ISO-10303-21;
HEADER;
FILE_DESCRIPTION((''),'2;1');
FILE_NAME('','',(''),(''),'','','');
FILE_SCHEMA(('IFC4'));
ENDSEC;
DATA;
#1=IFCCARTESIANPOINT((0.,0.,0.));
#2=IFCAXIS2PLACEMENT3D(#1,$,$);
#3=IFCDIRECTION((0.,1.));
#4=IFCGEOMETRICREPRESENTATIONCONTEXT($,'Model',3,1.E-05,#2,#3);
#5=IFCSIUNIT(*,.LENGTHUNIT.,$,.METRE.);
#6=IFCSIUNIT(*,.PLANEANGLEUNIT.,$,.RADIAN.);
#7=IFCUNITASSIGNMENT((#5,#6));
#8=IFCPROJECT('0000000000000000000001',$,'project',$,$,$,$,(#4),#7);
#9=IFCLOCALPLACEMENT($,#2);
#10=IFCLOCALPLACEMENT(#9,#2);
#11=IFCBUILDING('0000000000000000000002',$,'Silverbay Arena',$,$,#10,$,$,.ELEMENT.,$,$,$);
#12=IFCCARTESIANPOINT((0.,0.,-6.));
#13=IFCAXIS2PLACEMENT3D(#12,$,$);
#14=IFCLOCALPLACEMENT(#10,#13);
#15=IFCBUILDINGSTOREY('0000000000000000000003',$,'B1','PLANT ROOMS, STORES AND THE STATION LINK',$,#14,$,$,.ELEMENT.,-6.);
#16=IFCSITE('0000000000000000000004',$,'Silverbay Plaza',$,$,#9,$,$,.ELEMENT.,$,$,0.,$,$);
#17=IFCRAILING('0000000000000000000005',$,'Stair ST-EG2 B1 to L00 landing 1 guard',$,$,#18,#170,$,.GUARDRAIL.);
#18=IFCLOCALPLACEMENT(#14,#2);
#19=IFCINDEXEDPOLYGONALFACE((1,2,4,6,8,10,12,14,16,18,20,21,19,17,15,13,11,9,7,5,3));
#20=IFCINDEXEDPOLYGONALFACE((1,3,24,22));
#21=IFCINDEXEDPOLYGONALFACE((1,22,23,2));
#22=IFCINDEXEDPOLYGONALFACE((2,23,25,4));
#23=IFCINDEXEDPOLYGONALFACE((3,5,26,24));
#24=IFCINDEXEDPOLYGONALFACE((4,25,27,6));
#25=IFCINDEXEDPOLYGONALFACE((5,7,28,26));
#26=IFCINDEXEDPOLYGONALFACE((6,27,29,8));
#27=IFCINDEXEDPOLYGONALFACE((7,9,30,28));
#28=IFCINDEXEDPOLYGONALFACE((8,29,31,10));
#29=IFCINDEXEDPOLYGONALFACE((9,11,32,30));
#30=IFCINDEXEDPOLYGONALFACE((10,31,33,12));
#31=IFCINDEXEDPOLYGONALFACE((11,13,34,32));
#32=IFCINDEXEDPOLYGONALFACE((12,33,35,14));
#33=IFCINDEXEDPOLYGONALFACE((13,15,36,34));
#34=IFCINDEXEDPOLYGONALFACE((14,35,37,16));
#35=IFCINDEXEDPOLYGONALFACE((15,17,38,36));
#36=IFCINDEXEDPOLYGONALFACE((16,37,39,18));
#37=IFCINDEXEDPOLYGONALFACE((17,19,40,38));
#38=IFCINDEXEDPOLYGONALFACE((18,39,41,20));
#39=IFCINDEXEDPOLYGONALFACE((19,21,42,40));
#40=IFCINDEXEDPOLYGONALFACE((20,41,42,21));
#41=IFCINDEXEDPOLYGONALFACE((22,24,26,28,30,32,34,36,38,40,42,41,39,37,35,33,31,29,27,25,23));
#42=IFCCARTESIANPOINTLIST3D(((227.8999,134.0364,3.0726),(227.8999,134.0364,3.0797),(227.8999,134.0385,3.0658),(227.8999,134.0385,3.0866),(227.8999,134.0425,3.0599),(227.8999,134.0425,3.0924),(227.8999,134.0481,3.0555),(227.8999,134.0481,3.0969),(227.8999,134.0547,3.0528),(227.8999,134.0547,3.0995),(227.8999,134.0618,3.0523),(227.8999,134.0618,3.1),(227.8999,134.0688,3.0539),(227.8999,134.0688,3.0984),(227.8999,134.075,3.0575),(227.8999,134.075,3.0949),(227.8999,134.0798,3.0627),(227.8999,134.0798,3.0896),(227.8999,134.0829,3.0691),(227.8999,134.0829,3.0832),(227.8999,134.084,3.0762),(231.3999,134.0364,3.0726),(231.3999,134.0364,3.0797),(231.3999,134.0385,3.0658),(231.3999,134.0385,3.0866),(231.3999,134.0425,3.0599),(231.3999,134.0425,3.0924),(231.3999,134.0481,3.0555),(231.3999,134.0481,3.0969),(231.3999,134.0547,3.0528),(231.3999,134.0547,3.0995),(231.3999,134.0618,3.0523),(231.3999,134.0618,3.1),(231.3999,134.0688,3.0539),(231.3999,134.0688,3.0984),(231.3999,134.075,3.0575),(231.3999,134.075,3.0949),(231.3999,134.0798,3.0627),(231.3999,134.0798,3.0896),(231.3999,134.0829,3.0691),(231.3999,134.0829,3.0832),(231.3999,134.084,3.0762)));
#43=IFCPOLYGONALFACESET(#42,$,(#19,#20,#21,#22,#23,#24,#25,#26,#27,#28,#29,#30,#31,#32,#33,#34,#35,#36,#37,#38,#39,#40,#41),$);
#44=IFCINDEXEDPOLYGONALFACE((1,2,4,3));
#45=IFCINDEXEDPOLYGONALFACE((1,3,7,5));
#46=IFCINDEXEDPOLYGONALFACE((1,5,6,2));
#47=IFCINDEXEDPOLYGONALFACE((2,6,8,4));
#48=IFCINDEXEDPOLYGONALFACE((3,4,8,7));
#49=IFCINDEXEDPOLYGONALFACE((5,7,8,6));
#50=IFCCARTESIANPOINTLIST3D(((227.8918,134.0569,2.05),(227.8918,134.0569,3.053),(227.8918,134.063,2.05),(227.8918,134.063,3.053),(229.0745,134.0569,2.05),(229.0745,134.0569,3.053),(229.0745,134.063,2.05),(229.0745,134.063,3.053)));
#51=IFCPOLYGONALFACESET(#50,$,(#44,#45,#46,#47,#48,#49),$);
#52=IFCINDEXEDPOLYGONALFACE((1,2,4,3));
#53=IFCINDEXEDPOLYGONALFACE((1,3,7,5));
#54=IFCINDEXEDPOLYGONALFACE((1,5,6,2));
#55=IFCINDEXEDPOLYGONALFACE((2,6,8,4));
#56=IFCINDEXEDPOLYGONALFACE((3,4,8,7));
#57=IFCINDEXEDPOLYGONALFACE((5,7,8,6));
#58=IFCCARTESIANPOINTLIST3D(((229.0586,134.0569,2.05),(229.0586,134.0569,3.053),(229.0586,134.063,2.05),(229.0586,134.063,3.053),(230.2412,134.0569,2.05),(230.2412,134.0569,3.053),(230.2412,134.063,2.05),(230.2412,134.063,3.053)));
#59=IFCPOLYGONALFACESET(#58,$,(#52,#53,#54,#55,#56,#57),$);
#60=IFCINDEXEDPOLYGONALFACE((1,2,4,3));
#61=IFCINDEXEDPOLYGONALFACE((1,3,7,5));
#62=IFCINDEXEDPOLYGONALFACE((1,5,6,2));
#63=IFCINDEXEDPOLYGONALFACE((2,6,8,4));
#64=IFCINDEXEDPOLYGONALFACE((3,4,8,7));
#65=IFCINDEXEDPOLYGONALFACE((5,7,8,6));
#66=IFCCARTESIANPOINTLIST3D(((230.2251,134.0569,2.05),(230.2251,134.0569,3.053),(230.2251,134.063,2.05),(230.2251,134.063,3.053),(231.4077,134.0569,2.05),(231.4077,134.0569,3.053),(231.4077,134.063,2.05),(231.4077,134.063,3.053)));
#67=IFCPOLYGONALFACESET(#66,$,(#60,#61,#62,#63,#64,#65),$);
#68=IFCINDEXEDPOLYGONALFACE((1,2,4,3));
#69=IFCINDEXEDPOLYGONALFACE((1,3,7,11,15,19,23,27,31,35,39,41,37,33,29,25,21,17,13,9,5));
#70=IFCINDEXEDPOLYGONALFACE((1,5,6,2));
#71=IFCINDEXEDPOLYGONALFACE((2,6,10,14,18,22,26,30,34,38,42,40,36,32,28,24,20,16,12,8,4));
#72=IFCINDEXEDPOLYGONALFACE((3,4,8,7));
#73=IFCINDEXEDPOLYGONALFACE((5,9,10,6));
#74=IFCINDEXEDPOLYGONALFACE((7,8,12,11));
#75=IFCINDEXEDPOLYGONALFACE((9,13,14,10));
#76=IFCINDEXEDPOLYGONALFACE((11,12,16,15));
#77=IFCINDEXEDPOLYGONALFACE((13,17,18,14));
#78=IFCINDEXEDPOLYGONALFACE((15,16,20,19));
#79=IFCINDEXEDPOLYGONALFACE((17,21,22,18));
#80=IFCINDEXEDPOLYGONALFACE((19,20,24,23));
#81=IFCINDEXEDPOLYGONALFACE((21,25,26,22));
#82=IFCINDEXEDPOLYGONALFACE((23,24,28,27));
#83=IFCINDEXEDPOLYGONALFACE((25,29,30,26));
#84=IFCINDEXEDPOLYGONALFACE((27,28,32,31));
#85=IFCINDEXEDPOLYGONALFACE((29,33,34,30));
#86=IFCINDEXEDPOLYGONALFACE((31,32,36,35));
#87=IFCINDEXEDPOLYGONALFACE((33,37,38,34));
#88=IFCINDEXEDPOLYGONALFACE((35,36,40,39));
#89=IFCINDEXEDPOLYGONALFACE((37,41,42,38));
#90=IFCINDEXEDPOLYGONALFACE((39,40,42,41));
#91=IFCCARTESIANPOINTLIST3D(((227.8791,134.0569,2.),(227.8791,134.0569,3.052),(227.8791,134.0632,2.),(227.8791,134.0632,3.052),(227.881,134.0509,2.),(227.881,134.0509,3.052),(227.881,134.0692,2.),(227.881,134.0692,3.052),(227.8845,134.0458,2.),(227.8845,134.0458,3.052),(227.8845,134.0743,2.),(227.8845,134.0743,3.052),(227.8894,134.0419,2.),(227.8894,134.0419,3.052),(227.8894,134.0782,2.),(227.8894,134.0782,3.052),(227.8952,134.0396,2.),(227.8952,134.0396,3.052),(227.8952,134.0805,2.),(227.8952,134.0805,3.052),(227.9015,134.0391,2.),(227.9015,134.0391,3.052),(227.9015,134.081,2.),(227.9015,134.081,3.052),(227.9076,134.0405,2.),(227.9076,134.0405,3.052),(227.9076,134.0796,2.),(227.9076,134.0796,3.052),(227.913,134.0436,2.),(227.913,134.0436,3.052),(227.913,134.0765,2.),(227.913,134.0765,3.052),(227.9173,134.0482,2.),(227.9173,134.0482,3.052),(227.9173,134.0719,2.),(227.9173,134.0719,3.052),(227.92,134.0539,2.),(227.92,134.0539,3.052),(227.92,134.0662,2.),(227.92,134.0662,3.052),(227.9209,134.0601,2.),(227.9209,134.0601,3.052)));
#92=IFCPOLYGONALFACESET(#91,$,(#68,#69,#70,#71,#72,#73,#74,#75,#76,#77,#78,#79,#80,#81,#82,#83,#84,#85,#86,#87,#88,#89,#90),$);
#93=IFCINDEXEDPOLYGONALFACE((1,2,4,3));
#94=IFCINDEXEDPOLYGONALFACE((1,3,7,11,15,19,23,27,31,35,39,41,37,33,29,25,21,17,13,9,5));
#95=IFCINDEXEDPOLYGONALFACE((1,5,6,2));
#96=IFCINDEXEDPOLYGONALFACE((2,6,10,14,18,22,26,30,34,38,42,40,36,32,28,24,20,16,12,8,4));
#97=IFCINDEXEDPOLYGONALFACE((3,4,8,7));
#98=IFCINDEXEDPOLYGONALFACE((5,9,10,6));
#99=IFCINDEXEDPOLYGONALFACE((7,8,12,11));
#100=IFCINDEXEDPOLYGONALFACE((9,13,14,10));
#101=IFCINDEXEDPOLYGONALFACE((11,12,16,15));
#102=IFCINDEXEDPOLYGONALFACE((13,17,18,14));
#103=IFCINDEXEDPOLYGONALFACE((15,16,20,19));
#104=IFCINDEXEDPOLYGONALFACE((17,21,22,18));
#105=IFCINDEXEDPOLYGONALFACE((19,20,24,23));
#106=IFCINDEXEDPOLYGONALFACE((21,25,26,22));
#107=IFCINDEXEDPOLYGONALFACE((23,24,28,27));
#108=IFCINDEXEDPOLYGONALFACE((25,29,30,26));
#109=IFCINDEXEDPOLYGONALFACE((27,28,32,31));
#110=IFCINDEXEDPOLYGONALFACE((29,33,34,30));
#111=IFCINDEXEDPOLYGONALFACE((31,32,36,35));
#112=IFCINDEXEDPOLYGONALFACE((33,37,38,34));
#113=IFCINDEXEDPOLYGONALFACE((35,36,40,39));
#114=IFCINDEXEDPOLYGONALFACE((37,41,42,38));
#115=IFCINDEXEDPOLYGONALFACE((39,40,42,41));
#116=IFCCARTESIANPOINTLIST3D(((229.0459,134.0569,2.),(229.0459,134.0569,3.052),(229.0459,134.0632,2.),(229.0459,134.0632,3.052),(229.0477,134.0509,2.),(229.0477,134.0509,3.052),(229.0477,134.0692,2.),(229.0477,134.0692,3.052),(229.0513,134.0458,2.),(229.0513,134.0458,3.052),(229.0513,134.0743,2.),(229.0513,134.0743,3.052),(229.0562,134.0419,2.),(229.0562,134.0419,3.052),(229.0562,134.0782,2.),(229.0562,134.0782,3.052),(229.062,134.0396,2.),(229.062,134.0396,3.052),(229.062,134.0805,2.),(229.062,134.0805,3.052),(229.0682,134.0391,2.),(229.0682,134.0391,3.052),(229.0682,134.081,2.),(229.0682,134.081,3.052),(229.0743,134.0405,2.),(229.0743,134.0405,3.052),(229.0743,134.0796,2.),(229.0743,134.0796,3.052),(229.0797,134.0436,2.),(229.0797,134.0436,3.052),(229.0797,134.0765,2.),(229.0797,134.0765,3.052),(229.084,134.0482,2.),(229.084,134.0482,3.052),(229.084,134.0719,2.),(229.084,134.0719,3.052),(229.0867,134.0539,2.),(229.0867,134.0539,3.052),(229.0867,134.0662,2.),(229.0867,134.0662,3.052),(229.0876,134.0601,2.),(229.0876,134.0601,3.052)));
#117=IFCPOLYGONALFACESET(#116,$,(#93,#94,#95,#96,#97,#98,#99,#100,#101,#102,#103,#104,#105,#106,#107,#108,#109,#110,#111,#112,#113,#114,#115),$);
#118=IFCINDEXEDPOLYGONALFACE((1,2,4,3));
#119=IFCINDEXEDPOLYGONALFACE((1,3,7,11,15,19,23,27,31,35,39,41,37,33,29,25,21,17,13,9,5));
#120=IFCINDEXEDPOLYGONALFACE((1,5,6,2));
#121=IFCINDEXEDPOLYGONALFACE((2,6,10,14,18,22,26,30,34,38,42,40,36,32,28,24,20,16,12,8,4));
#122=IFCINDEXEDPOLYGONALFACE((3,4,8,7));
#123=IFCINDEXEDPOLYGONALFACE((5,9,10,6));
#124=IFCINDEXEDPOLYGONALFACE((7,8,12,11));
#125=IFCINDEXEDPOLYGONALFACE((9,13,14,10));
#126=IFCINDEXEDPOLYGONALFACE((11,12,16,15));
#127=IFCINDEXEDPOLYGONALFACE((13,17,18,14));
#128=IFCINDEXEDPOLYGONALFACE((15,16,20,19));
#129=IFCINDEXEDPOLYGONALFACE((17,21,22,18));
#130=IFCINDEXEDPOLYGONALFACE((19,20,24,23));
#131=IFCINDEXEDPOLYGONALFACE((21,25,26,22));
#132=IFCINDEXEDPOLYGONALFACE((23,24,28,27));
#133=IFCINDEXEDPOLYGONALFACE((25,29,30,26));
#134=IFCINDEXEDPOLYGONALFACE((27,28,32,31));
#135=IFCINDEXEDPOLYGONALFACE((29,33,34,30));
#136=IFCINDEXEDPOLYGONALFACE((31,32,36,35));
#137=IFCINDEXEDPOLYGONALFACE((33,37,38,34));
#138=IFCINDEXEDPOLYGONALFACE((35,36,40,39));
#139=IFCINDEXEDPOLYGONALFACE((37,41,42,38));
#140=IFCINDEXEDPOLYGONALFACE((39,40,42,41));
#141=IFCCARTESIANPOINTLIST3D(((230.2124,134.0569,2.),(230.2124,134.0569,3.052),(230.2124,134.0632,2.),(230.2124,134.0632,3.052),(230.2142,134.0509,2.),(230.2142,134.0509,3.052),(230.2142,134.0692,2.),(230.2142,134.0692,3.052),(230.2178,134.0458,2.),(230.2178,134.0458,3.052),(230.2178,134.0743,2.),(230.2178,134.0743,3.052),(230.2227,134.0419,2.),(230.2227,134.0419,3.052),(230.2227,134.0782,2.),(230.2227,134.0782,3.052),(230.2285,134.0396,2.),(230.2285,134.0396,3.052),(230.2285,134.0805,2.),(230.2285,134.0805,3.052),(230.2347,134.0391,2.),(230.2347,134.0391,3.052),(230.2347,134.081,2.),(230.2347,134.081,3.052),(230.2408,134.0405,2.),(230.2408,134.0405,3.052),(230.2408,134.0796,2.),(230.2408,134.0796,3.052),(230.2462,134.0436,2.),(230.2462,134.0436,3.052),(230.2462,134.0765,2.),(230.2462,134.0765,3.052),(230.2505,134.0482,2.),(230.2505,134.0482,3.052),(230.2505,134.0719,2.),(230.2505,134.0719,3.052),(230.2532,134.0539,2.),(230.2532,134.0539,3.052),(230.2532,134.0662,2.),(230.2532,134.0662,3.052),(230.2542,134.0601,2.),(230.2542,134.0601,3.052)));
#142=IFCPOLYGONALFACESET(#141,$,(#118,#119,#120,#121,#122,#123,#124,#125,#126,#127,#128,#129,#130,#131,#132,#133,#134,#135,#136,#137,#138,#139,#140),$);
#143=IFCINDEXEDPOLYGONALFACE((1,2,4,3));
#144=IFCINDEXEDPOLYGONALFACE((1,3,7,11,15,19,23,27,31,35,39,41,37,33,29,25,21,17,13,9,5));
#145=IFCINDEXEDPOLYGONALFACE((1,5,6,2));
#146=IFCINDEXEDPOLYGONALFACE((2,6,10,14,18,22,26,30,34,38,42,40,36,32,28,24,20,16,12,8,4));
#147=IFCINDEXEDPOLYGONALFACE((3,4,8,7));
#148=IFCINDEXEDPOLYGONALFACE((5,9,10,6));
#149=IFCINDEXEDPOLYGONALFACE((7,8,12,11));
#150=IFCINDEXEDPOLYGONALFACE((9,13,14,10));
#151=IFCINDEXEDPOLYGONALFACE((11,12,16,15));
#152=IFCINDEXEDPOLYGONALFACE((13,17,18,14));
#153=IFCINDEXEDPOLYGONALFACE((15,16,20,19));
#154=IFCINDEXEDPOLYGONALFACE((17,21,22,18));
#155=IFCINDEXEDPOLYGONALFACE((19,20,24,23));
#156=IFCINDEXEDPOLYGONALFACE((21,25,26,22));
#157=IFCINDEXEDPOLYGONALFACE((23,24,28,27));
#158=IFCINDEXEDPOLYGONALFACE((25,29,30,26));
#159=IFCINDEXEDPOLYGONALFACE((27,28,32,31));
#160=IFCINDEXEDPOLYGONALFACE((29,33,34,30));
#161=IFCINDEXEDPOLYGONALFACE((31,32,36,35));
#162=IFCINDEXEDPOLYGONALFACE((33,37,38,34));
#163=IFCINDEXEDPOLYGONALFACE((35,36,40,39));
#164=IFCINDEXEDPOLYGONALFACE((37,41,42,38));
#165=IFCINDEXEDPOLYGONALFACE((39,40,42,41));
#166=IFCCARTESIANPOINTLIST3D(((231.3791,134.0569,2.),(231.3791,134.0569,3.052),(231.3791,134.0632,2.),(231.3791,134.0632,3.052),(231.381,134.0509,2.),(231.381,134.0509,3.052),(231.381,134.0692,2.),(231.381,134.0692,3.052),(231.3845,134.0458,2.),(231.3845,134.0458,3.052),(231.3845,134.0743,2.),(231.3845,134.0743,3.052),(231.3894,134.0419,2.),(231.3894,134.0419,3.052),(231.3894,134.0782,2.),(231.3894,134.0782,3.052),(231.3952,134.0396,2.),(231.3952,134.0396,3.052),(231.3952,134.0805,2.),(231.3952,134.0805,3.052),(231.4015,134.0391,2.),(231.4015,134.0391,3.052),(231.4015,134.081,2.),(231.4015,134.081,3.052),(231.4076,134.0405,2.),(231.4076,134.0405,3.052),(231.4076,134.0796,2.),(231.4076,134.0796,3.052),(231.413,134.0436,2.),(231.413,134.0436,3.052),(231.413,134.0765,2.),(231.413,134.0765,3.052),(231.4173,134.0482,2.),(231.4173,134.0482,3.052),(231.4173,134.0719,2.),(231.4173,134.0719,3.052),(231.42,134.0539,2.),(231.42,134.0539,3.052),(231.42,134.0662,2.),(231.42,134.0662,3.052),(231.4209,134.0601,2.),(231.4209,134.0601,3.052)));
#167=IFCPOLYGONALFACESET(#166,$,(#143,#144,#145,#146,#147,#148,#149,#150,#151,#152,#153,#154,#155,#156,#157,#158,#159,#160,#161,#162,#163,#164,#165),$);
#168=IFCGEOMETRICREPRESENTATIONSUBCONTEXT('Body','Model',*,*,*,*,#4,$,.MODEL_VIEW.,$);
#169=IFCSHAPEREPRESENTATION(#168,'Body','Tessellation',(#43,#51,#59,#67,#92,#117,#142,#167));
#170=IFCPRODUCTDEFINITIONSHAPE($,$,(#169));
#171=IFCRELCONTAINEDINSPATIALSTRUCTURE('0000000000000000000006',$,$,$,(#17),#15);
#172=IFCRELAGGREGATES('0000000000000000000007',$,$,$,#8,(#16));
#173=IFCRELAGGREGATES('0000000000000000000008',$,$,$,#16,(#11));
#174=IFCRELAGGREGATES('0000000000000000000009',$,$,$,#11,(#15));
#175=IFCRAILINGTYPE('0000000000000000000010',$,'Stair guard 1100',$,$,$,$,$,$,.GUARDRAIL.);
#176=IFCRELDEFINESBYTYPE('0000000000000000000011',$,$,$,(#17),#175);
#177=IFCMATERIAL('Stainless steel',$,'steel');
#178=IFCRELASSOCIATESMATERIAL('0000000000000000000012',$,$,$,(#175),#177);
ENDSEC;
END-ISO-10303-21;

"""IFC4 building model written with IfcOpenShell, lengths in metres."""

from ifc_helpers import new_model, si_unit, direction, frame, origin, origin_2d, place, context, subcontext, project, spatial, polyline, circle, outline, extrude, material, type_object, element, save


model = new_model("IFC4")

# Units and contexts
model_context = context("Model", 3, precision=1e-05, world=origin(), true_north=direction((0.0, 1.0)))
body_context = subcontext(model_context, "Body", "Model", "MODEL_VIEW")
ifc_project = project(units=[si_unit("LENGTHUNIT", "METRE"), si_unit("PLANEANGLEUNIT", "RADIAN")], contexts=[model_context])

# Site, building, storey
site_placement = place(None, origin())
site = spatial("IfcSite", under=ifc_project, at=site_placement, Name="Silverbay Plaza", CompositionType="ELEMENT", RefElevation=0.0)
building_placement = place(site_placement, origin())
building = spatial("IfcBuilding", under=site, at=building_placement, Name="Silverbay Arena", CompositionType="ELEMENT")
storey_placement = place(building_placement, frame((0.0, 0.0, -6.0)))
storey = spatial("IfcBuildingStorey", under=building, at=storey_placement, Name="B1", Description="PLANT ROOMS, STORES AND THE STATION LINK", CompositionType="ELEMENT", Elevation=-6.0)

# Railing
ifc_material_1 = material(Name="Stainless steel", Category="steel")
railing_type_1 = type_object("IfcRailingType", Name="Stair guard 1100", PredefinedType="GUARDRAIL", material=ifc_material_1)
for number, where, name in (
    (1, (227.8999, 134.0601, 2.0), "Stair ST-EG2 B1 to L00 landing 1 guard"),
):
    element("IfcRailing", number, at=place(storey_placement, frame(where)), inside=storey, type_object=railing_type_1, Name=name, PredefinedType="GUARDRAIL", context=body_context, shape_type="SweptSolid", body=[
        extrude(circle(Radius=0.0239, at=origin_2d()), frame((0.0, 0.0, 1.0762), z_axis=(1.0, 0.0, 0.0), x_axis=(0.0, 1.0, 0.0)), (0.0, 0.0, 1.0), 3.5),
        extrude(outline(polyline([(-0.0081, 0.05), (1.1746, 0.05), (1.1746, 1.053), (-0.0081, 1.053), (-0.0081, 0.05)])), frame((0.0, 0.0029, 0.0), z_axis=(0.0, -1.0, 0.0), x_axis=(1.0, 0.0, 0.0)), (0.0, 0.0, 1.0), 0.0061),
        extrude(outline(polyline([(-0.0081, 0.05), (1.1746, 0.05), (1.1746, 1.053), (-0.0081, 1.053), (-0.0081, 0.05)])), frame((1.1667, 0.0029, 0.0), z_axis=(0.0, -1.0, 0.0), x_axis=(1.0, 0.0, 0.0)), (0.0, 0.0, 1.0), 0.0061),
        extrude(outline(polyline([(-0.0081, 0.05), (1.1746, 0.05), (1.1746, 1.053), (-0.0081, 1.053), (-0.0081, 0.05)])), frame((2.3333, 0.0029, 0.0), z_axis=(0.0, -1.0, 0.0), x_axis=(1.0, 0.0, 0.0)), (0.0, 0.0, 1.0), 0.0061),
        extrude(circle(Radius=0.021, at=origin_2d()), origin(), (0.0, 0.0, 1.0), 1.052),
        extrude(circle(Radius=0.021, at=origin_2d()), frame((1.1667, 0.0, 0.0)), (0.0, 0.0, 1.0), 1.052),
        extrude(circle(Radius=0.021, at=origin_2d()), frame((2.3333, 0.0, 0.0)), (0.0, 0.0, 1.0), 1.052),
        extrude(circle(Radius=0.021, at=origin_2d()), frame((3.5, 0.0, 0.0)), (0.0, 0.0, 1.0), 1.052),
    ])

save(model, "model.ifc")
